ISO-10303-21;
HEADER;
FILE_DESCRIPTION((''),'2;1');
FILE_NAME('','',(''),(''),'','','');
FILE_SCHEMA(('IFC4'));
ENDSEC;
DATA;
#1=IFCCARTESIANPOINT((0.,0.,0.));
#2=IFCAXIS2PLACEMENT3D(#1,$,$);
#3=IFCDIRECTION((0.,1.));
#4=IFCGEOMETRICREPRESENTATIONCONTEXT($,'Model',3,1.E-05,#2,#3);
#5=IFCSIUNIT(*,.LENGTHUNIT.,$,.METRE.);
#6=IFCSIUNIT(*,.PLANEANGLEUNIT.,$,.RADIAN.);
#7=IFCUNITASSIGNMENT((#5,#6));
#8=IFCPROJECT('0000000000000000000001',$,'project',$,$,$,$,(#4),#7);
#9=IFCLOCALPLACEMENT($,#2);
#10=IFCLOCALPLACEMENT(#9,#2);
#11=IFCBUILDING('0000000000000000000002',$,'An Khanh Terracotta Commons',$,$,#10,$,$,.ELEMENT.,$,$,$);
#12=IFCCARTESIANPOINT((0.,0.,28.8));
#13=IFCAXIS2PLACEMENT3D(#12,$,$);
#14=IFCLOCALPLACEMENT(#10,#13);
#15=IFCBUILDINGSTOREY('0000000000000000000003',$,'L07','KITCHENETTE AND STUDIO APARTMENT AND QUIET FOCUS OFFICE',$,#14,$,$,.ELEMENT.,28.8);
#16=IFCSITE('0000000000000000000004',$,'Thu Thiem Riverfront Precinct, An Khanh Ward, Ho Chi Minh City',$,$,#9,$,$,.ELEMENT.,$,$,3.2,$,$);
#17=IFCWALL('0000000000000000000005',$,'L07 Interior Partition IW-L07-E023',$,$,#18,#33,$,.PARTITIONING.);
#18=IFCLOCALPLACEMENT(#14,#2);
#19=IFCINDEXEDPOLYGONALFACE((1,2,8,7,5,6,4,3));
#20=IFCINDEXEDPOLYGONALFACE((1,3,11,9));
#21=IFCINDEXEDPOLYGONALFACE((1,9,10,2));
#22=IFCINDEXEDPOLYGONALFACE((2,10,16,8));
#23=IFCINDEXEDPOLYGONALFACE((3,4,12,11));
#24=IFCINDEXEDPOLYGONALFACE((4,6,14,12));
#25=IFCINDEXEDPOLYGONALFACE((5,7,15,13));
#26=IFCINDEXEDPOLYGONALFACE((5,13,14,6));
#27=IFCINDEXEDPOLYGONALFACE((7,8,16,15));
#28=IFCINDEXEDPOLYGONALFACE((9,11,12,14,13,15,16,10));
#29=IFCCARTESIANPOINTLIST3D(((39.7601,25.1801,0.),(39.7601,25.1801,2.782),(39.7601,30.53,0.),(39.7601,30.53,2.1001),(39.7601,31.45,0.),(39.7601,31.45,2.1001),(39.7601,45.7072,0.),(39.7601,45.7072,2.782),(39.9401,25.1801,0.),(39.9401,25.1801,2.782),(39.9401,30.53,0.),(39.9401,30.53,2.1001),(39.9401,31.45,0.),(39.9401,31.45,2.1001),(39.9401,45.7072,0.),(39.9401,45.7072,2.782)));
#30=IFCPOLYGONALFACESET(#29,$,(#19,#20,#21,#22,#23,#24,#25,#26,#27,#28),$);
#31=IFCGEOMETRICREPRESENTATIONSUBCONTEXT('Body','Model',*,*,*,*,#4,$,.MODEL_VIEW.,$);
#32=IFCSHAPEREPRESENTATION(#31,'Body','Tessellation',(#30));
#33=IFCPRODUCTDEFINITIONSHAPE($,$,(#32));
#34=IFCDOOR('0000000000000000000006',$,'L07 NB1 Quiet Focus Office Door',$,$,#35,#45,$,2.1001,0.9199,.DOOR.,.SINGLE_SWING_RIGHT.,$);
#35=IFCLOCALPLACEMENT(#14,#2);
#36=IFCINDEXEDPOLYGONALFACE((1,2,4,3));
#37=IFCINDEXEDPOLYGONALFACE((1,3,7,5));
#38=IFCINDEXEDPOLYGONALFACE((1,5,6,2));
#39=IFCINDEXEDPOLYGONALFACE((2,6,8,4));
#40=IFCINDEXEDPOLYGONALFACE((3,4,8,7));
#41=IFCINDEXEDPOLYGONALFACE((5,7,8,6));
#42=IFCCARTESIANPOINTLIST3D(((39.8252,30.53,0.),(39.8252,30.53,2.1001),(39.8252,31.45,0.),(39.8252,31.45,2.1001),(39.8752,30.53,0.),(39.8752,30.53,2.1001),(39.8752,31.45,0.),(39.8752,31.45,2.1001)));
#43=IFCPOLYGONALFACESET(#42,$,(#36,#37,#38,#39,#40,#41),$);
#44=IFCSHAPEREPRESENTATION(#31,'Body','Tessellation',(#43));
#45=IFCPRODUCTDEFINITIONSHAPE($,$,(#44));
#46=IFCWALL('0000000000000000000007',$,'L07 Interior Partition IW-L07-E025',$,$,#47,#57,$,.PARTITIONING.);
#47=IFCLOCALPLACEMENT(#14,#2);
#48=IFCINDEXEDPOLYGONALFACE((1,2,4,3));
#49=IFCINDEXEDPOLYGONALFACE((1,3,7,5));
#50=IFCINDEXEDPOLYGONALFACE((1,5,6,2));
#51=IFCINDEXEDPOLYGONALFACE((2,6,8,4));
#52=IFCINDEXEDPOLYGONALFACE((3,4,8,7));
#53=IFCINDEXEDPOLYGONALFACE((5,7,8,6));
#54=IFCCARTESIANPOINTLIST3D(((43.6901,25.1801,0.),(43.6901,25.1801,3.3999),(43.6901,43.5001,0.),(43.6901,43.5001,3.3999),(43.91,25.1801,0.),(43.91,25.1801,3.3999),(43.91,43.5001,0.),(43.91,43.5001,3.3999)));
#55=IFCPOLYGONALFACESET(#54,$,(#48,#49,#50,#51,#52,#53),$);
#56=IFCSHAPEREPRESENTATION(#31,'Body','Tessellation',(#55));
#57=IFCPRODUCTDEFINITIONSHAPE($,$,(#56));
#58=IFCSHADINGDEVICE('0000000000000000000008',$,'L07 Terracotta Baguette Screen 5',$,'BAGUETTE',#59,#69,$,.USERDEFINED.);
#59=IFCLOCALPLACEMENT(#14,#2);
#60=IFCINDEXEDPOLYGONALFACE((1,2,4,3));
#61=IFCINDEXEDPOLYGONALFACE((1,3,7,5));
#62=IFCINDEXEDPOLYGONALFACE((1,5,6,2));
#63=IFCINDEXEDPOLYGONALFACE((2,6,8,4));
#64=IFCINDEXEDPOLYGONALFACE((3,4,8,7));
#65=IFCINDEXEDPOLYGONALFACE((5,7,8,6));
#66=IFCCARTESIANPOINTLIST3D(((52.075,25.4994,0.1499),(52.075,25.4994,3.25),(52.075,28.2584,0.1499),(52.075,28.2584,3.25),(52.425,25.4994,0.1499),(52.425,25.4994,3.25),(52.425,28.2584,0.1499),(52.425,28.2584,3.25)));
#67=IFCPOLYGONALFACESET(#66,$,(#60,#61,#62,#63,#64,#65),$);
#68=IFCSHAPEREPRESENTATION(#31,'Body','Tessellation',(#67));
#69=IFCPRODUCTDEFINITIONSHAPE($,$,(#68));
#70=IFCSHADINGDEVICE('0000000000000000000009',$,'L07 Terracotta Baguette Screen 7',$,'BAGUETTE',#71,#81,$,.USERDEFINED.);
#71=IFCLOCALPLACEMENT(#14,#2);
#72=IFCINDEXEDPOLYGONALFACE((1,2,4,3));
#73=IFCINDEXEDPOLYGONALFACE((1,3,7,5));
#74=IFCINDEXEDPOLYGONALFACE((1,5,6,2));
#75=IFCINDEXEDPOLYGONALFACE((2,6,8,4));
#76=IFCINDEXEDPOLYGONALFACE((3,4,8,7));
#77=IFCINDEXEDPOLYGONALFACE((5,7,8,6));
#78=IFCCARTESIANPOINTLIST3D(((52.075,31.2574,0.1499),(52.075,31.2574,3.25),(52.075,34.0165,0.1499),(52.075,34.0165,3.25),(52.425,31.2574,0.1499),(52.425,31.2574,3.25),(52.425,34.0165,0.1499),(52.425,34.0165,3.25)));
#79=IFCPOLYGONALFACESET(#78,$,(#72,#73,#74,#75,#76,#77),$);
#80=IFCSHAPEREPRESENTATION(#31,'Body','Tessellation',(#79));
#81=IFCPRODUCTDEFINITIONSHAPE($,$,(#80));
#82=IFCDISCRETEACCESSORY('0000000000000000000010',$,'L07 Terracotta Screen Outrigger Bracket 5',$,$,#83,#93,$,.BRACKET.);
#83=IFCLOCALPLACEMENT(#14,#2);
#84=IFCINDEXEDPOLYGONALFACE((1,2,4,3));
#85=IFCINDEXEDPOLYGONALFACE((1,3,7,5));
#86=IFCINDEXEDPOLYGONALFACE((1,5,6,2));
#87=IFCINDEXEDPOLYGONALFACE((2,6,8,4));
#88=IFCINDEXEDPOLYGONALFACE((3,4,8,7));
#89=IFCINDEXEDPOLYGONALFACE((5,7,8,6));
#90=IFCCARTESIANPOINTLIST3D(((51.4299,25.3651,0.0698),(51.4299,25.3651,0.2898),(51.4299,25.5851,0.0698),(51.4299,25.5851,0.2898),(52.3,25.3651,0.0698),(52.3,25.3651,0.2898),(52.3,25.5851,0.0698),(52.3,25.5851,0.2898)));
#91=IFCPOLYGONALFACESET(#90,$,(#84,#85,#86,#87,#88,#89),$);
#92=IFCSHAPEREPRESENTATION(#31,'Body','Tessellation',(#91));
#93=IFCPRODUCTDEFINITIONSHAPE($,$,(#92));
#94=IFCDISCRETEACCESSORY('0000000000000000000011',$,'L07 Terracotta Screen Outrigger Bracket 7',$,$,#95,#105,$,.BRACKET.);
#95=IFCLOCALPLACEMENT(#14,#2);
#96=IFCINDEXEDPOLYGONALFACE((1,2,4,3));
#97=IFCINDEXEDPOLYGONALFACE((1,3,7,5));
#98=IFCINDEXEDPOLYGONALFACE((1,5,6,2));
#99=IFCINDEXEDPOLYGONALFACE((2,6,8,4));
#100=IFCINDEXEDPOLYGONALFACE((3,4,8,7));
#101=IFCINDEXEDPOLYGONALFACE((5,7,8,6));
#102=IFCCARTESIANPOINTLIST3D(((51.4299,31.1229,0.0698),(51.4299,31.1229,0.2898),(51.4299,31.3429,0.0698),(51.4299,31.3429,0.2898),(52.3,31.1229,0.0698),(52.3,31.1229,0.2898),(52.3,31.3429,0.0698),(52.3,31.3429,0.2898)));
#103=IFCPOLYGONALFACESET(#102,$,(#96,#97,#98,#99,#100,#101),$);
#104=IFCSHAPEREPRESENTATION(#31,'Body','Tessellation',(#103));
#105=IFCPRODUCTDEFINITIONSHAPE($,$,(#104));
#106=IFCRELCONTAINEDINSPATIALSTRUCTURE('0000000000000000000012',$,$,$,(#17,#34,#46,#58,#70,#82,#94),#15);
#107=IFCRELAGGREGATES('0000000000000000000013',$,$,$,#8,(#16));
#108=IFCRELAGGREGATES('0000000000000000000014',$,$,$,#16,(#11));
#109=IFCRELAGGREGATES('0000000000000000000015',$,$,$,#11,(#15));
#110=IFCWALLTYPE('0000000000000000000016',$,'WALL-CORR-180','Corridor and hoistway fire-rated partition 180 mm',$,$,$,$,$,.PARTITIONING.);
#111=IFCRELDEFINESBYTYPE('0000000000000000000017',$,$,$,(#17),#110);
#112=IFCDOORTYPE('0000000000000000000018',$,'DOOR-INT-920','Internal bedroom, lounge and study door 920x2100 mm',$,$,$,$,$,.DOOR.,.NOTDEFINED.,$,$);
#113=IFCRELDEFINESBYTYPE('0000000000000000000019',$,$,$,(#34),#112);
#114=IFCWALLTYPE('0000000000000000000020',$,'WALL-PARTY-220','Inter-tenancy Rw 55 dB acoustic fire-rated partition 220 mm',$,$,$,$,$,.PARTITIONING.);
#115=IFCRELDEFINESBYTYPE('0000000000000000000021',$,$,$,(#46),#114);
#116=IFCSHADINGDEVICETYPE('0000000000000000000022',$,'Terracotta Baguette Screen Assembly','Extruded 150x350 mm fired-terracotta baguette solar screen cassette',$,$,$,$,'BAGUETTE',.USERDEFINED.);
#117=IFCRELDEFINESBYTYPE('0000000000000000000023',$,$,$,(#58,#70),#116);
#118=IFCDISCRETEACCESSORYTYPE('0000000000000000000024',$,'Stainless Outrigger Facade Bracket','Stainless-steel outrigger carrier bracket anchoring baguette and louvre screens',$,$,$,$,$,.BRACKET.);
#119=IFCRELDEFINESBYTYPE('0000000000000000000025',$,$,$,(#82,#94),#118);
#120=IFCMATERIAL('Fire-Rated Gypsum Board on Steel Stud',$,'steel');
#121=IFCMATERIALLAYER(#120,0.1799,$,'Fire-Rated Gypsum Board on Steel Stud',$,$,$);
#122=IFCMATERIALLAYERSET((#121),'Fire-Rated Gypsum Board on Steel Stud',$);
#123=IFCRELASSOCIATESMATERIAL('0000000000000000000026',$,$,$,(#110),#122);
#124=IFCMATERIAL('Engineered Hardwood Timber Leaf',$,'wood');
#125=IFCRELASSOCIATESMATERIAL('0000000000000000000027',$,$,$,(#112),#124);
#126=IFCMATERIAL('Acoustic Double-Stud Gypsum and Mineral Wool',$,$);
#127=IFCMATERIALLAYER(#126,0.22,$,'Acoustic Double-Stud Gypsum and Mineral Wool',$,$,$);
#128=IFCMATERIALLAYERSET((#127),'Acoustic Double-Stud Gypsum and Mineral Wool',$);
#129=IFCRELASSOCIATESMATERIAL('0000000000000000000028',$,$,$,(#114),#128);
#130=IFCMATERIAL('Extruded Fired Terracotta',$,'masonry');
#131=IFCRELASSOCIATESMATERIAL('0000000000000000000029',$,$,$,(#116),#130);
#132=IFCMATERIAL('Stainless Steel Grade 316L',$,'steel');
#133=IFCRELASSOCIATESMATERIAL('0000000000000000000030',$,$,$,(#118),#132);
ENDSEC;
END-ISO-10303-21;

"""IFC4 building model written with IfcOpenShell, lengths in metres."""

from ifc_helpers import new_model, si_unit, direction, frame, frame_2d, origin, origin_2d, place, context, subcontext, project, spatial, rectangle, extrude, material, layer, layer_set, type_object, element, fill, save


model = new_model("IFC4")

# Units and contexts
model_context = context("Model", 3, precision=1e-05, world=origin(), true_north=direction((0.0, 1.0)))
body_context = subcontext(model_context, "Body", "Model", "MODEL_VIEW")
ifc_project = project(units=[si_unit("LENGTHUNIT", "METRE"), si_unit("PLANEANGLEUNIT", "RADIAN")], contexts=[model_context])

# Site, building, storey
site_placement = place(None, origin())
site = spatial("IfcSite", under=ifc_project, at=site_placement, Name="Thu Thiem Riverfront Precinct, An Khanh Ward, Ho Chi Minh City", CompositionType="ELEMENT", RefElevation=3.2)
building_placement = place(site_placement, origin())
building = spatial("IfcBuilding", under=site, at=building_placement, Name="An Khanh Terracotta Commons", CompositionType="ELEMENT")
storey_placement = place(building_placement, frame((0.0, 0.0, 28.8)))
storey = spatial("IfcBuildingStorey", under=building, at=storey_placement, Name="L07", Description="KITCHENETTE AND STUDIO APARTMENT AND QUIET FOCUS OFFICE", CompositionType="ELEMENT", Elevation=28.8)

# Wall, opening, door
ifc_material_1 = material(Name="Fire-Rated Gypsum Board on Steel Stud", Category="steel")
ifc_layer_1 = layer(ifc_material_1, 0.1799, Name="Fire-Rated Gypsum Board on Steel Stud")
ifc_layer_set_1 = layer_set([ifc_layer_1], Name="Fire-Rated Gypsum Board on Steel Stud")
wall_type_1 = type_object("IfcWallType", Name="WALL-CORR-180", Description="Corridor and hoistway fire-rated partition 180 mm", PredefinedType="PARTITIONING", material=ifc_layer_set_1)
wall_1_placement = place(storey_placement, frame((39.8501, 25.1799, 0.0), z_axis=(0.0, 0.0, 1.0), x_axis=(0.0, 1.0, 0.0)))
wall_1 = element("IfcWall", 1, at=wall_1_placement, inside=storey, type_object=wall_type_1, Name="L07 Interior Partition IW-L07-E023", PredefinedType="PARTITIONING", context=body_context, shape_type="SweptSolid", body=[
    extrude(rectangle(XDim=20.5271, YDim=0.1799, at=frame_2d((10.2637, 0.0))), origin(), (0.0, 0.0, 1.0), 2.782),
])
opening_1_placement = place(wall_1_placement, frame((5.3501, 0.0, 0.0)))
opening_1 = element("IfcOpeningElement", 2, at=opening_1_placement, cuts=wall_1, PredefinedType="OPENING", context=body_context, shape_type="SweptSolid", body=[
    extrude(rectangle(XDim=0.9199, YDim=2.1001, at=frame_2d((0.46, 1.05))), frame((0.0, 0.0999, 0.0), z_axis=(0.0, -1.0, 0.0), x_axis=(1.0, 0.0, 0.0)), (0.0, 0.0, 1.0), 0.2),
])
ifc_material_2 = material(Name="Engineered Hardwood Timber Leaf", Category="wood")
door_type_1 = type_object("IfcDoorType", Name="DOOR-INT-920", Description="Internal bedroom, lounge and study door 920x2100 mm", OperationType="NOTDEFINED", PredefinedType="DOOR", material=ifc_material_2)
door_1_placement = place(opening_1_placement, origin())
door_1 = element("IfcDoor", 3, at=door_1_placement, inside=storey, type_object=door_type_1, Name="L07 NB1 Quiet Focus Office Door", OperationType="SINGLE_SWING_RIGHT", OverallHeight=2.1001, OverallWidth=0.9199, PredefinedType="DOOR", context=body_context, shape_type="SweptSolid", body=[
    extrude(rectangle(XDim=0.9199, YDim=2.1001, at=frame_2d((0.46, 1.05))), frame((0.0, 0.0249, 0.0), z_axis=(0.0, -1.0, 0.0), x_axis=(1.0, 0.0, 0.0)), (0.0, 0.0, 1.0), 0.05),
])
fill(opening_1, door_1)

# Wall
ifc_material_3 = material(Name="Acoustic Double-Stud Gypsum and Mineral Wool")
ifc_layer_2 = layer(ifc_material_3, 0.22, Name="Acoustic Double-Stud Gypsum and Mineral Wool")
ifc_layer_set_2 = layer_set([ifc_layer_2], Name="Acoustic Double-Stud Gypsum and Mineral Wool")
wall_type_2 = type_object("IfcWallType", Name="WALL-PARTY-220", Description="Inter-tenancy Rw 55 dB acoustic fire-rated partition 220 mm", PredefinedType="PARTITIONING", material=ifc_layer_set_2)
wall_2_placement = place(storey_placement, frame((43.8, 25.1799, 0.0), z_axis=(0.0, 0.0, 1.0), x_axis=(0.0, 1.0, 0.0)))
element("IfcWall", 4, at=wall_2_placement, inside=storey, type_object=wall_type_2, Name="L07 Interior Partition IW-L07-E025", PredefinedType="PARTITIONING", context=body_context, shape_type="SweptSolid", body=[
    extrude(rectangle(XDim=18.3201, YDim=0.22, at=frame_2d((9.1602, 0.0))), origin(), (0.0, 0.0, 1.0), 3.3999),
])

# Shading devices
ifc_material_4 = material(Name="Extruded Fired Terracotta", Category="masonry")
shading_device_type = type_object("IfcShadingDeviceType", Name="Terracotta Baguette Screen Assembly", Description="Extruded 150x350 mm fired-terracotta baguette solar screen cassette", ElementType="BAGUETTE", PredefinedType="USERDEFINED", material=ifc_material_4)
for number, where, z_axis, x_axis, name in (
    (5, (52.25, 26.8789, 0.1499), (0.0, 0.0, 1.0), (0.0, 1.0, 0.0), "L07 Terracotta Baguette Screen 5"),
    (6, (52.25, 32.637, 0.1499), (0.0, 0.0, 1.0), (0.0, 1.0, 0.0), "L07 Terracotta Baguette Screen 7"),
):
    element("IfcShadingDevice", number, at=place(storey_placement, frame(where, z_axis=z_axis, x_axis=x_axis)), inside=storey, type_object=shading_device_type, Name=name, ObjectType="BAGUETTE", PredefinedType="USERDEFINED", context=body_context, shape_type="SweptSolid", body=[
        extrude(rectangle(XDim=2.759, YDim=0.3501, at=origin_2d()), origin(), (0.0, 0.0, 1.0), 3.1001),
    ])

# Discrete accessories
ifc_material_5 = material(Name="Stainless Steel Grade 316L", Category="steel")
discrete_accessory_type = type_object("IfcDiscreteAccessoryType", Name="Stainless Outrigger Facade Bracket", Description="Stainless-steel outrigger carrier bracket anchoring baguette and louvre screens", PredefinedType="BRACKET", material=ifc_material_5)
for number, where, z_axis, x_axis, name in (
    (7, (51.865, 25.4751, 0.0698), (0.0, 0.0, 1.0), (0.0, 1.0, 0.0), "L07 Terracotta Screen Outrigger Bracket 5"),
    (8, (51.865, 31.2329, 0.0698), (0.0, 0.0, 1.0), (0.0, 1.0, 0.0), "L07 Terracotta Screen Outrigger Bracket 7"),
):
    element("IfcDiscreteAccessory", number, at=place(storey_placement, frame(where, z_axis=z_axis, x_axis=x_axis)), inside=storey, type_object=discrete_accessory_type, Name=name, PredefinedType="BRACKET", context=body_context, shape_type="SweptSolid", body=[
        extrude(rectangle(XDim=0.22, YDim=0.8701, at=origin_2d()), origin(), (0.0, 0.0, 1.0), 0.22),
    ])

save(model, "model.ifc")
